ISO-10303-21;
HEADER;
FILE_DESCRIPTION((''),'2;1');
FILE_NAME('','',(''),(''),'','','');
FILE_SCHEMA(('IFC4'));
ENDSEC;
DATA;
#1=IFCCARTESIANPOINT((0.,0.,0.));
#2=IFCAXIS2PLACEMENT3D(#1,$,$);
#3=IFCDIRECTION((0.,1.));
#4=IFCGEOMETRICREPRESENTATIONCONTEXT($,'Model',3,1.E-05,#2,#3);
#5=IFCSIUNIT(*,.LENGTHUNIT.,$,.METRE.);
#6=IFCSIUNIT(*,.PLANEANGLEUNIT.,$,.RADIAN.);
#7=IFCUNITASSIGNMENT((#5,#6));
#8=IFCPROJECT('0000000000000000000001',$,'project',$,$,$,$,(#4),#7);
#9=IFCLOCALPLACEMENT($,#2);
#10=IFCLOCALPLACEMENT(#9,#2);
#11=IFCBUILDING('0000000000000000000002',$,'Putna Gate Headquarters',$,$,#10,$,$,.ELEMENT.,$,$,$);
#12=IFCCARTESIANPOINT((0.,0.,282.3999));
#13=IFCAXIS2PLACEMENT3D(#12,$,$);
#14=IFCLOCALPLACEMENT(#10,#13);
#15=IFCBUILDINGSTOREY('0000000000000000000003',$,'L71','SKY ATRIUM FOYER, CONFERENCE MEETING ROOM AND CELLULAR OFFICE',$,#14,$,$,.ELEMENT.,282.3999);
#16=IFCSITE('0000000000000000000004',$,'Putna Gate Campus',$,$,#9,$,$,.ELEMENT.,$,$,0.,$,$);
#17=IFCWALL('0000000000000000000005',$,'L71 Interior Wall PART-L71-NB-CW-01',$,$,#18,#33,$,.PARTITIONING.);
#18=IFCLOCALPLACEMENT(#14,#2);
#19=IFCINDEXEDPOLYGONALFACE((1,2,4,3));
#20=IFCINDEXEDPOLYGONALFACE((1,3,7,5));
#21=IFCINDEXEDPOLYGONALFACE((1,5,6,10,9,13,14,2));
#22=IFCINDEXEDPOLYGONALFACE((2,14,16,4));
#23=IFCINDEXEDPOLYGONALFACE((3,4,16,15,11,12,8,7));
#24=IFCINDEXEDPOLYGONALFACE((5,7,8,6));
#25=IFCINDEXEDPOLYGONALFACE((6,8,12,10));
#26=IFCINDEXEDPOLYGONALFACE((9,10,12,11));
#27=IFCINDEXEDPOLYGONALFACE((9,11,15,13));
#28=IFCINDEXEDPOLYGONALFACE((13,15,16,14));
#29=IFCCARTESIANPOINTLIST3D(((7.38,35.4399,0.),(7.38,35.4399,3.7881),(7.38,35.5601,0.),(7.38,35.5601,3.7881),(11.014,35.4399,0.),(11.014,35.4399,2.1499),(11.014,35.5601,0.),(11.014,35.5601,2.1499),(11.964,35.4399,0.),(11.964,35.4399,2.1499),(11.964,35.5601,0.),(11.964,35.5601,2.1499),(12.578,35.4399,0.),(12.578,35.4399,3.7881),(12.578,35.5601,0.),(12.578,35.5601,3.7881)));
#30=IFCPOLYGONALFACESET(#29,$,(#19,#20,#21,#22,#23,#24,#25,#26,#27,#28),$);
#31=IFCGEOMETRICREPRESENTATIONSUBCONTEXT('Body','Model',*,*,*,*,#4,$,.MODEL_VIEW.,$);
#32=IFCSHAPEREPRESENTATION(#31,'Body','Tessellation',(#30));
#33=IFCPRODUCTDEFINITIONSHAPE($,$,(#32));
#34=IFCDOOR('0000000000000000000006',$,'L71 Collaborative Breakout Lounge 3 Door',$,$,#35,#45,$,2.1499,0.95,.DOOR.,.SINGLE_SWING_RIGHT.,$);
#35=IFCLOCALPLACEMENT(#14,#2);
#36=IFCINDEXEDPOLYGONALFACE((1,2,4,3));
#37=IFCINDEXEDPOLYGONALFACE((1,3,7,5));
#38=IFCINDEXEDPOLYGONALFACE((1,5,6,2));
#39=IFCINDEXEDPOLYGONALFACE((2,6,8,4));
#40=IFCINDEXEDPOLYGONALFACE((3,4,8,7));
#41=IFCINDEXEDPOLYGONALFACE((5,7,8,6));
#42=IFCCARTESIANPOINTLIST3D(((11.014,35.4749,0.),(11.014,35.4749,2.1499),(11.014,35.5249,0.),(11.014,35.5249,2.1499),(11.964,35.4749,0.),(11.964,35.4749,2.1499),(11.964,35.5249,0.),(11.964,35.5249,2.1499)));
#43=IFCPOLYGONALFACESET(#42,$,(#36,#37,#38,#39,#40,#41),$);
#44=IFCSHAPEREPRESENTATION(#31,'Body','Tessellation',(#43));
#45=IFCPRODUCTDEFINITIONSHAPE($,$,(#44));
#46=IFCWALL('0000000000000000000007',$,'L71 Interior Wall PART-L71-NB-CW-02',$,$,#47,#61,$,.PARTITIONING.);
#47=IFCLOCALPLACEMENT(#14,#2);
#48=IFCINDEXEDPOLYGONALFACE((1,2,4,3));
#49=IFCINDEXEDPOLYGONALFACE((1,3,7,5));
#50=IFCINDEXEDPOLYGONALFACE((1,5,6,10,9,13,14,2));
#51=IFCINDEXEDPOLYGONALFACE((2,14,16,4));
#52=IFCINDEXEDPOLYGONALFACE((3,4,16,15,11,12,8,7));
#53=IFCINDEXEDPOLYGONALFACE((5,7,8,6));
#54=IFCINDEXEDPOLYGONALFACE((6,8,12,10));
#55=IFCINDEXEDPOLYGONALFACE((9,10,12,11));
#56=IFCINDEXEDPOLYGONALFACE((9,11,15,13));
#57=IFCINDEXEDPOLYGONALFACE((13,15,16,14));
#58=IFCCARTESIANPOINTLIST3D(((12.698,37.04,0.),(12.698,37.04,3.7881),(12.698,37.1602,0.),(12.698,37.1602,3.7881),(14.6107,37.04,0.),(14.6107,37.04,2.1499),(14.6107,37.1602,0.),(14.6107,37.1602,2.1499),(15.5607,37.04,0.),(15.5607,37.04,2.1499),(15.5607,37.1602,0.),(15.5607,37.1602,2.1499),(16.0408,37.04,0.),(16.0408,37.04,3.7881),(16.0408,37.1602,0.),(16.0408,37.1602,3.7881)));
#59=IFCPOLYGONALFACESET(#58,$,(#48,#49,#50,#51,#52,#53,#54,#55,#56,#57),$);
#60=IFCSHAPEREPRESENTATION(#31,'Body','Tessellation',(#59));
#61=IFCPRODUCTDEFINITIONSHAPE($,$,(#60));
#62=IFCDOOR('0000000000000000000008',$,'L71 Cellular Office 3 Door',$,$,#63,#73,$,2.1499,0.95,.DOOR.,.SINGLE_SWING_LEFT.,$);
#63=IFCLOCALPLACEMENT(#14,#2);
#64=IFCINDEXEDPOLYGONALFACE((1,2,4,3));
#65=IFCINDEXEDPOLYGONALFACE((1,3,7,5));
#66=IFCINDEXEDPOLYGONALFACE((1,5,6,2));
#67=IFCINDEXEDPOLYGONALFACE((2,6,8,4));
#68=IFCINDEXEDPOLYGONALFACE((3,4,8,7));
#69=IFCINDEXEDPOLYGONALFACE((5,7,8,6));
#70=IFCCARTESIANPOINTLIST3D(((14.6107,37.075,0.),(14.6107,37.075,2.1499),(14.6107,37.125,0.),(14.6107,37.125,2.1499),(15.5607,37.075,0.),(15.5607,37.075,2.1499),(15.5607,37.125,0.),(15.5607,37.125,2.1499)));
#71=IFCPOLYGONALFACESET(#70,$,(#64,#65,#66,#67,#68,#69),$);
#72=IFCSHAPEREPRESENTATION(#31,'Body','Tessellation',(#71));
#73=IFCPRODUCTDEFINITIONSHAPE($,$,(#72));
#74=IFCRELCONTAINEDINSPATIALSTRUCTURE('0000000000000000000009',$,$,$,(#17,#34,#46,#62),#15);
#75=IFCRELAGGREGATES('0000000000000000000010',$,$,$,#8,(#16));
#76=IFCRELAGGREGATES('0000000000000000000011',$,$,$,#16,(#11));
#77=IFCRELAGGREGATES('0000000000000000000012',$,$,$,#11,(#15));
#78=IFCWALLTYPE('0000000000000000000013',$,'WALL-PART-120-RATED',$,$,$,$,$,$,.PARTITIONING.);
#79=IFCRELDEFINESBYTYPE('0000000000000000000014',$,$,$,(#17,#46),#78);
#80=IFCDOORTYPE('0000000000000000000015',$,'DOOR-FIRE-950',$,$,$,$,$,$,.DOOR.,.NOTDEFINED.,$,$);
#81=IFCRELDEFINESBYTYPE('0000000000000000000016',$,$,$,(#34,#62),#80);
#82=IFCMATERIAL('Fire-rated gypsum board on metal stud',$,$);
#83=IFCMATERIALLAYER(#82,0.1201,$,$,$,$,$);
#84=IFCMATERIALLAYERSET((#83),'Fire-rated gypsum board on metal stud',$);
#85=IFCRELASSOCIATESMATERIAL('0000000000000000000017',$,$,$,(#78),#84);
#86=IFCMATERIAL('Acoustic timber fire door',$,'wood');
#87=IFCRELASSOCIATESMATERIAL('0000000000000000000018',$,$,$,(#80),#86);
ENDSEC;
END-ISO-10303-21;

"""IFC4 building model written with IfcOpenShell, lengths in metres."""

from ifc_helpers import new_model, si_unit, direction, frame, frame_2d, origin, place, context, subcontext, project, spatial, rectangle, extrude, material, layer, layer_set, type_object, element, fill, save


model = new_model("IFC4")

# Units and contexts
model_context = context("Model", 3, precision=1e-05, world=origin(), true_north=direction((0.0, 1.0)))
body_context = subcontext(model_context, "Body", "Model", "MODEL_VIEW")
ifc_project = project(units=[si_unit("LENGTHUNIT", "METRE"), si_unit("PLANEANGLEUNIT", "RADIAN")], contexts=[model_context])

# Site, building, storey
site_placement = place(None, origin())
site = spatial("IfcSite", under=ifc_project, at=site_placement, Name="Putna Gate Campus", CompositionType="ELEMENT", RefElevation=0.0)
building_placement = place(site_placement, origin())
building = spatial("IfcBuilding", under=site, at=building_placement, Name="Putna Gate Headquarters", CompositionType="ELEMENT")
storey_placement = place(building_placement, frame((0.0, 0.0, 282.3999)))
storey = spatial("IfcBuildingStorey", under=building, at=storey_placement, Name="L71", Description="SKY ATRIUM FOYER, CONFERENCE MEETING ROOM AND CELLULAR OFFICE", CompositionType="ELEMENT", Elevation=282.3999)

# Walls, openings, doors
ifc_material_1 = material(Name="Fire-rated gypsum board on metal stud")
ifc_layer_1 = layer(ifc_material_1, 0.1201)
ifc_layer_set_1 = layer_set([ifc_layer_1], Name="Fire-rated gypsum board on metal stud")
wall_type_1 = type_object("IfcWallType", Name="WALL-PART-120-RATED", PredefinedType="PARTITIONING", material=ifc_layer_set_1)
wall_1_placement = place(storey_placement, frame((7.3799, 35.5, 0.0), z_axis=(0.0, 0.0, 1.0), x_axis=(1.0, 0.0, 0.0)))
wall_1 = element("IfcWall", 1, at=wall_1_placement, inside=storey, type_object=wall_type_1, Name="L71 Interior Wall PART-L71-NB-CW-01", PredefinedType="PARTITIONING", context=body_context, shape_type="SweptSolid", body=[
    extrude(rectangle(XDim=5.198, YDim=0.1201, at=frame_2d((2.5991, 0.0))), origin(), (0.0, 0.0, 1.0), 3.7881),
])
opening_1_placement = place(wall_1_placement, frame((3.634, 0.0, 0.0)))
opening_1 = element("IfcOpeningElement", 2, at=opening_1_placement, cuts=wall_1, PredefinedType="OPENING", context=body_context, shape_type="SweptSolid", body=[
    extrude(rectangle(XDim=0.95, YDim=2.1499, at=frame_2d((0.4751, 1.075))), frame((0.0, 0.0701, 0.0), z_axis=(0.0, -1.0, 0.0), x_axis=(1.0, 0.0, 0.0)), (0.0, 0.0, 1.0), 0.1401),
])
ifc_material_2 = material(Name="Acoustic timber fire door", Category="wood")
door_type_1 = type_object("IfcDoorType", Name="DOOR-FIRE-950", OperationType="NOTDEFINED", PredefinedType="DOOR", material=ifc_material_2)
door_1_placement = place(opening_1_placement, origin())
door_1 = element("IfcDoor", 3, at=door_1_placement, inside=storey, type_object=door_type_1, Name="L71 Collaborative Breakout Lounge 3 Door", OperationType="SINGLE_SWING_RIGHT", OverallHeight=2.1499, OverallWidth=0.95, PredefinedType="DOOR", context=body_context, shape_type="SweptSolid", body=[
    extrude(rectangle(XDim=0.95, YDim=2.1499, at=frame_2d((0.4751, 1.075))), frame((0.0, 0.0249, 0.0), z_axis=(0.0, -1.0, 0.0), x_axis=(1.0, 0.0, 0.0)), (0.0, 0.0, 1.0), 0.05),
])
fill(opening_1, door_1)
wall_2_placement = place(storey_placement, frame((12.698, 37.1001, 0.0), z_axis=(0.0, 0.0, 1.0), x_axis=(1.0, 0.0, 0.0)))
wall_2 = element("IfcWall", 4, at=wall_2_placement, inside=storey, type_object=wall_type_1, Name="L71 Interior Wall PART-L71-NB-CW-02", PredefinedType="PARTITIONING", context=body_context, shape_type="SweptSolid", body=[
    extrude(rectangle(XDim=3.3428, YDim=0.1201, at=frame_2d((1.6714, 0.0))), origin(), (0.0, 0.0, 1.0), 3.7881),
])
opening_2_placement = place(wall_2_placement, frame((1.9126, 0.0, 0.0)))
opening_2 = element("IfcOpeningElement", 5, at=opening_2_placement, cuts=wall_2, PredefinedType="OPENING", context=body_context, shape_type="SweptSolid", body=[
    extrude(rectangle(XDim=0.95, YDim=2.1499, at=frame_2d((0.4751, 1.075))), frame((0.0, 0.0701, 0.0), z_axis=(0.0, -1.0, 0.0), x_axis=(1.0, 0.0, 0.0)), (0.0, 0.0, 1.0), 0.1401),
])
door_2_placement = place(opening_2_placement, origin())
door_2 = element("IfcDoor", 6, at=door_2_placement, inside=storey, type_object=door_type_1, Name="L71 Cellular Office 3 Door", OperationType="SINGLE_SWING_LEFT", OverallHeight=2.1499, OverallWidth=0.95, PredefinedType="DOOR", context=body_context, shape_type="SweptSolid", body=[
    extrude(rectangle(XDim=0.95, YDim=2.1499, at=frame_2d((0.4751, 1.075))), frame((0.0, 0.0249, 0.0), z_axis=(0.0, -1.0, 0.0), x_axis=(1.0, 0.0, 0.0)), (0.0, 0.0, 1.0), 0.05),
])
fill(opening_2, door_2)

save(model, "model.ifc")
